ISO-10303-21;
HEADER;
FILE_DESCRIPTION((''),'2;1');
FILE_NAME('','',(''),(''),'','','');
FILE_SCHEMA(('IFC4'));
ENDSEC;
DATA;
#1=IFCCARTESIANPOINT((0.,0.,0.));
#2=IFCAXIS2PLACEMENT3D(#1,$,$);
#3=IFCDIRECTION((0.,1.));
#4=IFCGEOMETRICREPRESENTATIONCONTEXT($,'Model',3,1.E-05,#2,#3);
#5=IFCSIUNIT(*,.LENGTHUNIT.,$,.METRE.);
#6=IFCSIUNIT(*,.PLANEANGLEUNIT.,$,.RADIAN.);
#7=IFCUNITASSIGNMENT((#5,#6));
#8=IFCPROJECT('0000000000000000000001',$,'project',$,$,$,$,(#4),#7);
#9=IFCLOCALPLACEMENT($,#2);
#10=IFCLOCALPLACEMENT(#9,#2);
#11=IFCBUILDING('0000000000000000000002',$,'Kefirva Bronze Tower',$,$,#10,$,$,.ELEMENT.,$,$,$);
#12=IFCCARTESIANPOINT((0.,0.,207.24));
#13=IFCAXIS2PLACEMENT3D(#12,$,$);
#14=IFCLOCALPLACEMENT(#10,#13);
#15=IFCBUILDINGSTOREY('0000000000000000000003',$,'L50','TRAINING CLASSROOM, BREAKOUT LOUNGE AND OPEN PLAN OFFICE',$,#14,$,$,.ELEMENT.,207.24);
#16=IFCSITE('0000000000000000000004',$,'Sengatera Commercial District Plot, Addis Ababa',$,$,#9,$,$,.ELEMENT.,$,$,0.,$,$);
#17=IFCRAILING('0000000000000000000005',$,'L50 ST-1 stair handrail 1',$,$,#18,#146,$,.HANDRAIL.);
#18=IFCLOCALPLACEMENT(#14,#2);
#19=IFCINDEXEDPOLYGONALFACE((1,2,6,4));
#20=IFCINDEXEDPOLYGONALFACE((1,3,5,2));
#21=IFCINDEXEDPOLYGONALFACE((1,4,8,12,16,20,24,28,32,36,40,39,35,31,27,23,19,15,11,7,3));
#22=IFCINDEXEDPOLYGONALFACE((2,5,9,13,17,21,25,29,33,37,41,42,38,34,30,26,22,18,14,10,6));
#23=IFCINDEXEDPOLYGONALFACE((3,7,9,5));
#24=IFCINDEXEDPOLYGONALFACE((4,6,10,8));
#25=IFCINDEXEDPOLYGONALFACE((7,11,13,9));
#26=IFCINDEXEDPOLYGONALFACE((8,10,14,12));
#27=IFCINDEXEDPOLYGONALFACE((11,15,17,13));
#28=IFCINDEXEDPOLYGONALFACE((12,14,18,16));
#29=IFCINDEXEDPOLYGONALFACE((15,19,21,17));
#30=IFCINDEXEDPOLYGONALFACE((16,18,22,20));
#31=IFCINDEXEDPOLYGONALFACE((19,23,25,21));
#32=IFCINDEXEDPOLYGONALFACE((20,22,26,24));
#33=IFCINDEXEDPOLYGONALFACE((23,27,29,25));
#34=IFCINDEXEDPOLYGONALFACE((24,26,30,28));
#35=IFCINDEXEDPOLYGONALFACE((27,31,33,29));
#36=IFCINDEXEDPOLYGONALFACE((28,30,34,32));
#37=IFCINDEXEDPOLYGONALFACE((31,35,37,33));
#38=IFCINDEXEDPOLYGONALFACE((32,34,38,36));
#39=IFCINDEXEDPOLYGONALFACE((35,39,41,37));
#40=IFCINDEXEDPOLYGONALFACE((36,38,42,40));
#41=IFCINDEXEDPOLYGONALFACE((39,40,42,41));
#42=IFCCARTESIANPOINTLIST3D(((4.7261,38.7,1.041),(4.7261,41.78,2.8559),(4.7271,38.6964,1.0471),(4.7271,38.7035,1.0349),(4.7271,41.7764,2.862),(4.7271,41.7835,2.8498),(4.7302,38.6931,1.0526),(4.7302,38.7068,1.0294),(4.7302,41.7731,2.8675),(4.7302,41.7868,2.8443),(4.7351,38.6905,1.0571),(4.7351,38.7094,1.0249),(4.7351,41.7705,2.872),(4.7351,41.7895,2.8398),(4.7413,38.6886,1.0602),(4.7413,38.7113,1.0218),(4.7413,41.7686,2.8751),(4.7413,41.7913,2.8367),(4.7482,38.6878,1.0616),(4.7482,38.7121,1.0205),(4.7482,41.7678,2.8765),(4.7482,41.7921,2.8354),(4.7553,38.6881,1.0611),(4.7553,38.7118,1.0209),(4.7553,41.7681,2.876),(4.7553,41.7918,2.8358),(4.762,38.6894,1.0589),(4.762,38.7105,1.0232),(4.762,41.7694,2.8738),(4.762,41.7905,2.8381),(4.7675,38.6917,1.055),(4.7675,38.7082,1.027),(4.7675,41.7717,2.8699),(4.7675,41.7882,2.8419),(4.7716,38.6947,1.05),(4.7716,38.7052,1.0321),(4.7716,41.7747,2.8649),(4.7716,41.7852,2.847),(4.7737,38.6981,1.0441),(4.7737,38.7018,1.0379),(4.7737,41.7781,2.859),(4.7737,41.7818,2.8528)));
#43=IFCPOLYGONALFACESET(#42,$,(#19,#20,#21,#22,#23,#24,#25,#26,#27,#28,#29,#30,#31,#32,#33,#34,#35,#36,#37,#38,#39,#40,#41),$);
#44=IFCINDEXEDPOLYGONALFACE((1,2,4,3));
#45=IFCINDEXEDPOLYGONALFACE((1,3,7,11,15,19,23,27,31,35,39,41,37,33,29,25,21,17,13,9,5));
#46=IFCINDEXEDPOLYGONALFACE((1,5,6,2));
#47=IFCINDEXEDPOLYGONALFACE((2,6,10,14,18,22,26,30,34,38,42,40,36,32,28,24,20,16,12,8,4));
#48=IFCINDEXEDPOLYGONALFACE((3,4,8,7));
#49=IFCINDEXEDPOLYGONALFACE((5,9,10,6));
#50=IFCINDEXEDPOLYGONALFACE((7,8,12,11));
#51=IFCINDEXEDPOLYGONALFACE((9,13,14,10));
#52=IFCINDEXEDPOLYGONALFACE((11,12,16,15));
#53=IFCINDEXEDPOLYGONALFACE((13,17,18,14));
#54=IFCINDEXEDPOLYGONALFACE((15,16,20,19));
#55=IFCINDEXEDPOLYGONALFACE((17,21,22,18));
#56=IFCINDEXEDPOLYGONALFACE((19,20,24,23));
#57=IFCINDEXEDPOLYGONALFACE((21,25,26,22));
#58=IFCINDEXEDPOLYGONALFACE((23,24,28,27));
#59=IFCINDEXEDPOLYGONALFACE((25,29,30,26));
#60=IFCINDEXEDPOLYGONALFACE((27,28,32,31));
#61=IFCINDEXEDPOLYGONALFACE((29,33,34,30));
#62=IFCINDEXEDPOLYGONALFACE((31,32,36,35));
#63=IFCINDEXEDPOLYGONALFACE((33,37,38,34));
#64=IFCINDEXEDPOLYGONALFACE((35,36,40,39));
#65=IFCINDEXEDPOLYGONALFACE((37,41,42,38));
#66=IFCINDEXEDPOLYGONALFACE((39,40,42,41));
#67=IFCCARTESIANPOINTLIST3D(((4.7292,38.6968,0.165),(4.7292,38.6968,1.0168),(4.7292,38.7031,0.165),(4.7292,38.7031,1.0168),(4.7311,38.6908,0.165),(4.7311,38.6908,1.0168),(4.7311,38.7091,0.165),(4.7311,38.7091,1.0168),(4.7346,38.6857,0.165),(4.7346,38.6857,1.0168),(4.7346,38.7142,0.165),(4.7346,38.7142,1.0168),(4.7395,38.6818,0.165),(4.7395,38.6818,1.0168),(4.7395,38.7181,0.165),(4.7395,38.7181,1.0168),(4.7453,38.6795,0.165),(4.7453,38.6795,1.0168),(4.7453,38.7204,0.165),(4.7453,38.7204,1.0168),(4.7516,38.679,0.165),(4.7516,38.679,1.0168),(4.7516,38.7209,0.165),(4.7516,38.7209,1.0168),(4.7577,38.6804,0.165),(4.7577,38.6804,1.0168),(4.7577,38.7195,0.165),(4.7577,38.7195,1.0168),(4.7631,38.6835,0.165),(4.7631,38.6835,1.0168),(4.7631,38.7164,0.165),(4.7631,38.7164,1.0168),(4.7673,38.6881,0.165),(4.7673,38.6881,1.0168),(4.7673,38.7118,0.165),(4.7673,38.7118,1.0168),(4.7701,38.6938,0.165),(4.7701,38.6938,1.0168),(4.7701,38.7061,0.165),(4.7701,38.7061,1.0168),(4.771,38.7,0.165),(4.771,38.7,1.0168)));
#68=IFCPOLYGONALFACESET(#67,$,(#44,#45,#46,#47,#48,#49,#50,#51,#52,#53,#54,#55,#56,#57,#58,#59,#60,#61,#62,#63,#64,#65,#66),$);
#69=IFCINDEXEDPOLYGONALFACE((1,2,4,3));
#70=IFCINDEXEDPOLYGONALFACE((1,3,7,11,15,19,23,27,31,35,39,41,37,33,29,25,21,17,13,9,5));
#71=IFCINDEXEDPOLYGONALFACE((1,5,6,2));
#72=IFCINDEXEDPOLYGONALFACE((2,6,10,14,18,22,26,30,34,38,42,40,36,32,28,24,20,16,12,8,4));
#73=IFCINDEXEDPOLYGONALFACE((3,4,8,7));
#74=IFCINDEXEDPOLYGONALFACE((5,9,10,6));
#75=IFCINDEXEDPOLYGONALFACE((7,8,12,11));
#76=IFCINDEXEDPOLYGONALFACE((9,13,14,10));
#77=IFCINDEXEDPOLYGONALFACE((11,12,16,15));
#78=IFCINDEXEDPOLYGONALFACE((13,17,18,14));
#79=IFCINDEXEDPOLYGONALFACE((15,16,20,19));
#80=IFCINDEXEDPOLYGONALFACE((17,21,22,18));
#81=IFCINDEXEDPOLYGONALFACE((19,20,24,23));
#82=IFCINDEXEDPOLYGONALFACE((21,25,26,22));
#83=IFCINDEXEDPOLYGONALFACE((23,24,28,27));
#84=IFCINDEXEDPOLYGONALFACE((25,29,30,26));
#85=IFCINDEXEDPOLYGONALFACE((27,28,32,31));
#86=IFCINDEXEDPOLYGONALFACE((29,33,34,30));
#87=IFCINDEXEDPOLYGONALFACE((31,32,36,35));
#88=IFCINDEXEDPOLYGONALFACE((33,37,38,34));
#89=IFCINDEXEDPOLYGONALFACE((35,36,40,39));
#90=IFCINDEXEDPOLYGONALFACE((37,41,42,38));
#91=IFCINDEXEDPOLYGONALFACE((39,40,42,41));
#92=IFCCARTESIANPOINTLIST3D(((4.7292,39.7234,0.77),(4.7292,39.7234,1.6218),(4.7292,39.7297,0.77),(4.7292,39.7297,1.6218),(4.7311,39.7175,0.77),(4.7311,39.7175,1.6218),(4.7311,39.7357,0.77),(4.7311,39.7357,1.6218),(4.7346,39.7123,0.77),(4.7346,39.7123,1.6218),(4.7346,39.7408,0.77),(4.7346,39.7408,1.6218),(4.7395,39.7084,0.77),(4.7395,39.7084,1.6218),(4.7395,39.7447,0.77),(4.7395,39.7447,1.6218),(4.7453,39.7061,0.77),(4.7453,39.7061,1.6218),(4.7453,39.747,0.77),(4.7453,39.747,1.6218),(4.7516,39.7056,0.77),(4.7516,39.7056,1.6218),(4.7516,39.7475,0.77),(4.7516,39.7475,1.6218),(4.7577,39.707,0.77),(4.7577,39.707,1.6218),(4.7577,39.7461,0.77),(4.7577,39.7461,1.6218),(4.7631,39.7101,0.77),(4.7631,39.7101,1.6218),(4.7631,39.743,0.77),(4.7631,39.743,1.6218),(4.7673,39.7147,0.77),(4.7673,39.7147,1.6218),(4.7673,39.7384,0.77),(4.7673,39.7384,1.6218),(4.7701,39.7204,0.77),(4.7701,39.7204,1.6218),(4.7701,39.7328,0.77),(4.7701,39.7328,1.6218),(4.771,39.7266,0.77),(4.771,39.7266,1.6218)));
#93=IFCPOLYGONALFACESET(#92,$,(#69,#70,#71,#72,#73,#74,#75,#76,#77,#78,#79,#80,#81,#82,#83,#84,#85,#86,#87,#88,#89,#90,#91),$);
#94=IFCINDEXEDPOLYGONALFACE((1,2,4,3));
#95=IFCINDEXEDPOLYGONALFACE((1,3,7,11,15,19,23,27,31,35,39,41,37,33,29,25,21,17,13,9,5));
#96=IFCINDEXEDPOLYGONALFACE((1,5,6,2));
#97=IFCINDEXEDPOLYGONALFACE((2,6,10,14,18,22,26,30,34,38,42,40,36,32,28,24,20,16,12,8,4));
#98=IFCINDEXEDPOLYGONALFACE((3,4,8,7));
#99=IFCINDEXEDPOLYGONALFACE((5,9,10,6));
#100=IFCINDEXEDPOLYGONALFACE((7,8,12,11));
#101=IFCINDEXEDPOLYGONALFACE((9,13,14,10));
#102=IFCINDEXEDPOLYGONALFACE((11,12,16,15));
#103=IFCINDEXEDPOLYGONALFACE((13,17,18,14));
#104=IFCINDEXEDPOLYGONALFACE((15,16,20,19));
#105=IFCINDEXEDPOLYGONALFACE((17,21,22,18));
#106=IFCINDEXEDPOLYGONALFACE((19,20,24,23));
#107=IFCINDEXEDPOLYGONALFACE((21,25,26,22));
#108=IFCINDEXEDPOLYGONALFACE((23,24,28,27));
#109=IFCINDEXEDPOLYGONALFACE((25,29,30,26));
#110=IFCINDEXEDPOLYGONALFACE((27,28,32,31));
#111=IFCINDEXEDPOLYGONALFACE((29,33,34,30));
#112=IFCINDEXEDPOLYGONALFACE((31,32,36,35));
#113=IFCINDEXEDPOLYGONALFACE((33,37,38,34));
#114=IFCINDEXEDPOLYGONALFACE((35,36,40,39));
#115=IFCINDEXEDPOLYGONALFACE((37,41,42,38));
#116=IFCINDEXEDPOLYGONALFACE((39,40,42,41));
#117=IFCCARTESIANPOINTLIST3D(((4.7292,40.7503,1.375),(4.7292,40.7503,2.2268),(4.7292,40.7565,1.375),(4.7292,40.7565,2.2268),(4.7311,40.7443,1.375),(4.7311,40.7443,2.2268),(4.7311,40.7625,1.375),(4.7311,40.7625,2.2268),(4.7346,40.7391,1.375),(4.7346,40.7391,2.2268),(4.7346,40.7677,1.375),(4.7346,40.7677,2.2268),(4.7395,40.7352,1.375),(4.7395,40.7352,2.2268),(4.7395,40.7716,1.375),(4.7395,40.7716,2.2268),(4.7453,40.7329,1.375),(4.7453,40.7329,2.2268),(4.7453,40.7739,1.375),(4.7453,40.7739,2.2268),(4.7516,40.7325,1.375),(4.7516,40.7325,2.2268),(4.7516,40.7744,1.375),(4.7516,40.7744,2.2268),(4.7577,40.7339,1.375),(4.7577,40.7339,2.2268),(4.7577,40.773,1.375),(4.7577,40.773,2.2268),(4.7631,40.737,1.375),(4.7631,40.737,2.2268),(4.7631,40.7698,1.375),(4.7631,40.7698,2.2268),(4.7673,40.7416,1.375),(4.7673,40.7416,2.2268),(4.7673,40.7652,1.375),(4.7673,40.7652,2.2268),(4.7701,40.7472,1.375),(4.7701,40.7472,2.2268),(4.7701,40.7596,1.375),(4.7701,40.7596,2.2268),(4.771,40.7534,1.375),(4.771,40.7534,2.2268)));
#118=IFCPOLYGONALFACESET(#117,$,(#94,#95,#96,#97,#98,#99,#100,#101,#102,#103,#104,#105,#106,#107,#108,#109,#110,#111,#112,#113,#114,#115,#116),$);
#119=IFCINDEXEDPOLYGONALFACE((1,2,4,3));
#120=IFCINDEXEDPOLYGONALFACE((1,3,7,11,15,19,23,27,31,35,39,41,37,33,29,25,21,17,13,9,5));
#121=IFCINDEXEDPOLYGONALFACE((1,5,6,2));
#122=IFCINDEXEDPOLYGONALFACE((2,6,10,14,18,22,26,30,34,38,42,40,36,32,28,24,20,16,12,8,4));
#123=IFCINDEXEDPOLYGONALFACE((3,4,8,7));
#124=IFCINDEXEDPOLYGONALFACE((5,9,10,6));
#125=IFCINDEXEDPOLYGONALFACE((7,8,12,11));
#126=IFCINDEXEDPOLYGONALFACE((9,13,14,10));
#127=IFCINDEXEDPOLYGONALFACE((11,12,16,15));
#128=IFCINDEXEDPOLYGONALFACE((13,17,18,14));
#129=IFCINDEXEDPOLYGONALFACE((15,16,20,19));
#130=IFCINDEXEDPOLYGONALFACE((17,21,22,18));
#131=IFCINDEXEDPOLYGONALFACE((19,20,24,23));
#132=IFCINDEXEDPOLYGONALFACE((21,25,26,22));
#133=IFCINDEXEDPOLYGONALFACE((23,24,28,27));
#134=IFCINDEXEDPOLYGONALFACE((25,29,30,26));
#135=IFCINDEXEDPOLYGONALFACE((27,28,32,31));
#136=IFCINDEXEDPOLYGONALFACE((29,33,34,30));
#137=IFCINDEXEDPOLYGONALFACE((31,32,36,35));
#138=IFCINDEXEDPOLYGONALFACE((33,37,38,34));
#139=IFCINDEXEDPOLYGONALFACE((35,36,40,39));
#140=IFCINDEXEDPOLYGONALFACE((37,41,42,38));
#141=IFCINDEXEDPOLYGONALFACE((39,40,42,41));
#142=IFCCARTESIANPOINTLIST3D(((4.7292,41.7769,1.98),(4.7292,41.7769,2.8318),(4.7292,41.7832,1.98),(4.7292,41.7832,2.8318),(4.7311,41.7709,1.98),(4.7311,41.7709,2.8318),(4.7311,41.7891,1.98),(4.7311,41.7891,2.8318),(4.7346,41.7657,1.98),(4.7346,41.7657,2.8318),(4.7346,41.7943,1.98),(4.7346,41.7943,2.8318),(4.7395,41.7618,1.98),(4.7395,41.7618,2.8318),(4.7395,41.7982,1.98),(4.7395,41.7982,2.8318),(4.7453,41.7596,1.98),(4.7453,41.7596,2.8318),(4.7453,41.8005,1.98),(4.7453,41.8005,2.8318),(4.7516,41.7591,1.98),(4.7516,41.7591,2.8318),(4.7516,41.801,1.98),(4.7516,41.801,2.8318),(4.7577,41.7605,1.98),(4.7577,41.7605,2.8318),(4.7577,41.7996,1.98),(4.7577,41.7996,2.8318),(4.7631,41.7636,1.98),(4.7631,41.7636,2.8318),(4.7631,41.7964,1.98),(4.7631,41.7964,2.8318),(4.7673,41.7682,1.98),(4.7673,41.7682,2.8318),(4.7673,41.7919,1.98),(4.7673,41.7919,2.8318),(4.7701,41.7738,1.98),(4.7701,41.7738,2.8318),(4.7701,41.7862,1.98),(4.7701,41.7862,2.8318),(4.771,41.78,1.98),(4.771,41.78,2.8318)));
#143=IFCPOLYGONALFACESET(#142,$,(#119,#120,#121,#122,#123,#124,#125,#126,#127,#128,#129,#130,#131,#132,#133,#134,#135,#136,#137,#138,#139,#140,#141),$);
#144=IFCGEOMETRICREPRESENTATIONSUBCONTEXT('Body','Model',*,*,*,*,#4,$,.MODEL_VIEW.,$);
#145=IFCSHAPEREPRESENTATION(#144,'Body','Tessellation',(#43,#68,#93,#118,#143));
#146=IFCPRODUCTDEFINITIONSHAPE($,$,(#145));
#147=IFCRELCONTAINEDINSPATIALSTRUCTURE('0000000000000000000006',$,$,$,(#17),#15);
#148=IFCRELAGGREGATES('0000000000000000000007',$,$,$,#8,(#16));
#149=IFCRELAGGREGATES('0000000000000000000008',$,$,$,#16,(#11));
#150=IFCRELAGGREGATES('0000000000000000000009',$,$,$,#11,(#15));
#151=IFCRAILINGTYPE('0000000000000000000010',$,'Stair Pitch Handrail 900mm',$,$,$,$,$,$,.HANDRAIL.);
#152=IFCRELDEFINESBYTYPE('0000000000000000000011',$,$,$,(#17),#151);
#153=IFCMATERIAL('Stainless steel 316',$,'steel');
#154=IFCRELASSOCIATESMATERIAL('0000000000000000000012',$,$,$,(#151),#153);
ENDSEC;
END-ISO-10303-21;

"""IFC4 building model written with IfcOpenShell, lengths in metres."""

from ifc_helpers import new_model, si_unit, direction, frame, origin, origin_2d, place, context, subcontext, project, spatial, circle, extrude, material, type_object, element, save


model = new_model("IFC4")

# Units and contexts
model_context = context("Model", 3, precision=1e-05, world=origin(), true_north=direction((0.0, 1.0)))
body_context = subcontext(model_context, "Body", "Model", "MODEL_VIEW")
ifc_project = project(units=[si_unit("LENGTHUNIT", "METRE"), si_unit("PLANEANGLEUNIT", "RADIAN")], contexts=[model_context])

# Site, building, storey
site_placement = place(None, origin())
site = spatial("IfcSite", under=ifc_project, at=site_placement, Name="Sengatera Commercial District Plot, Addis Ababa", CompositionType="ELEMENT", RefElevation=0.0)
building_placement = place(site_placement, origin())
building = spatial("IfcBuilding", under=site, at=building_placement, Name="Kefirva Bronze Tower", CompositionType="ELEMENT")
storey_placement = place(building_placement, frame((0.0, 0.0, 207.24)))
storey = spatial("IfcBuildingStorey", under=building, at=storey_placement, Name="L50", Description="TRAINING CLASSROOM, BREAKOUT LOUNGE AND OPEN PLAN OFFICE", CompositionType="ELEMENT", Elevation=207.24)

# Shared definitions
ifc_material_1 = material(Name="Stainless steel 316", Category="steel")

# Railing
railing_type = type_object("IfcRailingType", Name="Stair Pitch Handrail 900mm", PredefinedType="HANDRAIL", material=ifc_material_1)
railing_placement = place(storey_placement, frame((4.75, 38.7, 0.165)))
element("IfcRailing", 1, at=railing_placement, inside=storey, type_object=railing_type, Name="L50 ST-1 stair handrail 1", PredefinedType="HANDRAIL", context=body_context, shape_type="SweptSolid", body=[
    extrude(circle(Radius=0.0239, at=origin_2d()), frame((0.0, 0.0, 0.876), z_axis=(0.0, 0.861551, 0.507671), x_axis=(-1.0, 0.0, 0.0)), (0.0, 0.0, 1.0), 3.575),
    extrude(circle(Radius=0.021, at=origin_2d()), origin(), (0.0, 0.0, 1.0), 0.8518),
    extrude(circle(Radius=0.021, at=origin_2d()), frame((0.0, 1.0266, 0.605)), (0.0, 0.0, 1.0), 0.8518),
    extrude(circle(Radius=0.021, at=origin_2d()), frame((0.0, 2.0535, 1.21)), (0.0, 0.0, 1.0), 0.8518),
    extrude(circle(Radius=0.021, at=origin_2d()), frame((0.0, 3.0801, 1.8149)), (0.0, 0.0, 1.0), 0.8518),
])

save(model, "model.ifc")
